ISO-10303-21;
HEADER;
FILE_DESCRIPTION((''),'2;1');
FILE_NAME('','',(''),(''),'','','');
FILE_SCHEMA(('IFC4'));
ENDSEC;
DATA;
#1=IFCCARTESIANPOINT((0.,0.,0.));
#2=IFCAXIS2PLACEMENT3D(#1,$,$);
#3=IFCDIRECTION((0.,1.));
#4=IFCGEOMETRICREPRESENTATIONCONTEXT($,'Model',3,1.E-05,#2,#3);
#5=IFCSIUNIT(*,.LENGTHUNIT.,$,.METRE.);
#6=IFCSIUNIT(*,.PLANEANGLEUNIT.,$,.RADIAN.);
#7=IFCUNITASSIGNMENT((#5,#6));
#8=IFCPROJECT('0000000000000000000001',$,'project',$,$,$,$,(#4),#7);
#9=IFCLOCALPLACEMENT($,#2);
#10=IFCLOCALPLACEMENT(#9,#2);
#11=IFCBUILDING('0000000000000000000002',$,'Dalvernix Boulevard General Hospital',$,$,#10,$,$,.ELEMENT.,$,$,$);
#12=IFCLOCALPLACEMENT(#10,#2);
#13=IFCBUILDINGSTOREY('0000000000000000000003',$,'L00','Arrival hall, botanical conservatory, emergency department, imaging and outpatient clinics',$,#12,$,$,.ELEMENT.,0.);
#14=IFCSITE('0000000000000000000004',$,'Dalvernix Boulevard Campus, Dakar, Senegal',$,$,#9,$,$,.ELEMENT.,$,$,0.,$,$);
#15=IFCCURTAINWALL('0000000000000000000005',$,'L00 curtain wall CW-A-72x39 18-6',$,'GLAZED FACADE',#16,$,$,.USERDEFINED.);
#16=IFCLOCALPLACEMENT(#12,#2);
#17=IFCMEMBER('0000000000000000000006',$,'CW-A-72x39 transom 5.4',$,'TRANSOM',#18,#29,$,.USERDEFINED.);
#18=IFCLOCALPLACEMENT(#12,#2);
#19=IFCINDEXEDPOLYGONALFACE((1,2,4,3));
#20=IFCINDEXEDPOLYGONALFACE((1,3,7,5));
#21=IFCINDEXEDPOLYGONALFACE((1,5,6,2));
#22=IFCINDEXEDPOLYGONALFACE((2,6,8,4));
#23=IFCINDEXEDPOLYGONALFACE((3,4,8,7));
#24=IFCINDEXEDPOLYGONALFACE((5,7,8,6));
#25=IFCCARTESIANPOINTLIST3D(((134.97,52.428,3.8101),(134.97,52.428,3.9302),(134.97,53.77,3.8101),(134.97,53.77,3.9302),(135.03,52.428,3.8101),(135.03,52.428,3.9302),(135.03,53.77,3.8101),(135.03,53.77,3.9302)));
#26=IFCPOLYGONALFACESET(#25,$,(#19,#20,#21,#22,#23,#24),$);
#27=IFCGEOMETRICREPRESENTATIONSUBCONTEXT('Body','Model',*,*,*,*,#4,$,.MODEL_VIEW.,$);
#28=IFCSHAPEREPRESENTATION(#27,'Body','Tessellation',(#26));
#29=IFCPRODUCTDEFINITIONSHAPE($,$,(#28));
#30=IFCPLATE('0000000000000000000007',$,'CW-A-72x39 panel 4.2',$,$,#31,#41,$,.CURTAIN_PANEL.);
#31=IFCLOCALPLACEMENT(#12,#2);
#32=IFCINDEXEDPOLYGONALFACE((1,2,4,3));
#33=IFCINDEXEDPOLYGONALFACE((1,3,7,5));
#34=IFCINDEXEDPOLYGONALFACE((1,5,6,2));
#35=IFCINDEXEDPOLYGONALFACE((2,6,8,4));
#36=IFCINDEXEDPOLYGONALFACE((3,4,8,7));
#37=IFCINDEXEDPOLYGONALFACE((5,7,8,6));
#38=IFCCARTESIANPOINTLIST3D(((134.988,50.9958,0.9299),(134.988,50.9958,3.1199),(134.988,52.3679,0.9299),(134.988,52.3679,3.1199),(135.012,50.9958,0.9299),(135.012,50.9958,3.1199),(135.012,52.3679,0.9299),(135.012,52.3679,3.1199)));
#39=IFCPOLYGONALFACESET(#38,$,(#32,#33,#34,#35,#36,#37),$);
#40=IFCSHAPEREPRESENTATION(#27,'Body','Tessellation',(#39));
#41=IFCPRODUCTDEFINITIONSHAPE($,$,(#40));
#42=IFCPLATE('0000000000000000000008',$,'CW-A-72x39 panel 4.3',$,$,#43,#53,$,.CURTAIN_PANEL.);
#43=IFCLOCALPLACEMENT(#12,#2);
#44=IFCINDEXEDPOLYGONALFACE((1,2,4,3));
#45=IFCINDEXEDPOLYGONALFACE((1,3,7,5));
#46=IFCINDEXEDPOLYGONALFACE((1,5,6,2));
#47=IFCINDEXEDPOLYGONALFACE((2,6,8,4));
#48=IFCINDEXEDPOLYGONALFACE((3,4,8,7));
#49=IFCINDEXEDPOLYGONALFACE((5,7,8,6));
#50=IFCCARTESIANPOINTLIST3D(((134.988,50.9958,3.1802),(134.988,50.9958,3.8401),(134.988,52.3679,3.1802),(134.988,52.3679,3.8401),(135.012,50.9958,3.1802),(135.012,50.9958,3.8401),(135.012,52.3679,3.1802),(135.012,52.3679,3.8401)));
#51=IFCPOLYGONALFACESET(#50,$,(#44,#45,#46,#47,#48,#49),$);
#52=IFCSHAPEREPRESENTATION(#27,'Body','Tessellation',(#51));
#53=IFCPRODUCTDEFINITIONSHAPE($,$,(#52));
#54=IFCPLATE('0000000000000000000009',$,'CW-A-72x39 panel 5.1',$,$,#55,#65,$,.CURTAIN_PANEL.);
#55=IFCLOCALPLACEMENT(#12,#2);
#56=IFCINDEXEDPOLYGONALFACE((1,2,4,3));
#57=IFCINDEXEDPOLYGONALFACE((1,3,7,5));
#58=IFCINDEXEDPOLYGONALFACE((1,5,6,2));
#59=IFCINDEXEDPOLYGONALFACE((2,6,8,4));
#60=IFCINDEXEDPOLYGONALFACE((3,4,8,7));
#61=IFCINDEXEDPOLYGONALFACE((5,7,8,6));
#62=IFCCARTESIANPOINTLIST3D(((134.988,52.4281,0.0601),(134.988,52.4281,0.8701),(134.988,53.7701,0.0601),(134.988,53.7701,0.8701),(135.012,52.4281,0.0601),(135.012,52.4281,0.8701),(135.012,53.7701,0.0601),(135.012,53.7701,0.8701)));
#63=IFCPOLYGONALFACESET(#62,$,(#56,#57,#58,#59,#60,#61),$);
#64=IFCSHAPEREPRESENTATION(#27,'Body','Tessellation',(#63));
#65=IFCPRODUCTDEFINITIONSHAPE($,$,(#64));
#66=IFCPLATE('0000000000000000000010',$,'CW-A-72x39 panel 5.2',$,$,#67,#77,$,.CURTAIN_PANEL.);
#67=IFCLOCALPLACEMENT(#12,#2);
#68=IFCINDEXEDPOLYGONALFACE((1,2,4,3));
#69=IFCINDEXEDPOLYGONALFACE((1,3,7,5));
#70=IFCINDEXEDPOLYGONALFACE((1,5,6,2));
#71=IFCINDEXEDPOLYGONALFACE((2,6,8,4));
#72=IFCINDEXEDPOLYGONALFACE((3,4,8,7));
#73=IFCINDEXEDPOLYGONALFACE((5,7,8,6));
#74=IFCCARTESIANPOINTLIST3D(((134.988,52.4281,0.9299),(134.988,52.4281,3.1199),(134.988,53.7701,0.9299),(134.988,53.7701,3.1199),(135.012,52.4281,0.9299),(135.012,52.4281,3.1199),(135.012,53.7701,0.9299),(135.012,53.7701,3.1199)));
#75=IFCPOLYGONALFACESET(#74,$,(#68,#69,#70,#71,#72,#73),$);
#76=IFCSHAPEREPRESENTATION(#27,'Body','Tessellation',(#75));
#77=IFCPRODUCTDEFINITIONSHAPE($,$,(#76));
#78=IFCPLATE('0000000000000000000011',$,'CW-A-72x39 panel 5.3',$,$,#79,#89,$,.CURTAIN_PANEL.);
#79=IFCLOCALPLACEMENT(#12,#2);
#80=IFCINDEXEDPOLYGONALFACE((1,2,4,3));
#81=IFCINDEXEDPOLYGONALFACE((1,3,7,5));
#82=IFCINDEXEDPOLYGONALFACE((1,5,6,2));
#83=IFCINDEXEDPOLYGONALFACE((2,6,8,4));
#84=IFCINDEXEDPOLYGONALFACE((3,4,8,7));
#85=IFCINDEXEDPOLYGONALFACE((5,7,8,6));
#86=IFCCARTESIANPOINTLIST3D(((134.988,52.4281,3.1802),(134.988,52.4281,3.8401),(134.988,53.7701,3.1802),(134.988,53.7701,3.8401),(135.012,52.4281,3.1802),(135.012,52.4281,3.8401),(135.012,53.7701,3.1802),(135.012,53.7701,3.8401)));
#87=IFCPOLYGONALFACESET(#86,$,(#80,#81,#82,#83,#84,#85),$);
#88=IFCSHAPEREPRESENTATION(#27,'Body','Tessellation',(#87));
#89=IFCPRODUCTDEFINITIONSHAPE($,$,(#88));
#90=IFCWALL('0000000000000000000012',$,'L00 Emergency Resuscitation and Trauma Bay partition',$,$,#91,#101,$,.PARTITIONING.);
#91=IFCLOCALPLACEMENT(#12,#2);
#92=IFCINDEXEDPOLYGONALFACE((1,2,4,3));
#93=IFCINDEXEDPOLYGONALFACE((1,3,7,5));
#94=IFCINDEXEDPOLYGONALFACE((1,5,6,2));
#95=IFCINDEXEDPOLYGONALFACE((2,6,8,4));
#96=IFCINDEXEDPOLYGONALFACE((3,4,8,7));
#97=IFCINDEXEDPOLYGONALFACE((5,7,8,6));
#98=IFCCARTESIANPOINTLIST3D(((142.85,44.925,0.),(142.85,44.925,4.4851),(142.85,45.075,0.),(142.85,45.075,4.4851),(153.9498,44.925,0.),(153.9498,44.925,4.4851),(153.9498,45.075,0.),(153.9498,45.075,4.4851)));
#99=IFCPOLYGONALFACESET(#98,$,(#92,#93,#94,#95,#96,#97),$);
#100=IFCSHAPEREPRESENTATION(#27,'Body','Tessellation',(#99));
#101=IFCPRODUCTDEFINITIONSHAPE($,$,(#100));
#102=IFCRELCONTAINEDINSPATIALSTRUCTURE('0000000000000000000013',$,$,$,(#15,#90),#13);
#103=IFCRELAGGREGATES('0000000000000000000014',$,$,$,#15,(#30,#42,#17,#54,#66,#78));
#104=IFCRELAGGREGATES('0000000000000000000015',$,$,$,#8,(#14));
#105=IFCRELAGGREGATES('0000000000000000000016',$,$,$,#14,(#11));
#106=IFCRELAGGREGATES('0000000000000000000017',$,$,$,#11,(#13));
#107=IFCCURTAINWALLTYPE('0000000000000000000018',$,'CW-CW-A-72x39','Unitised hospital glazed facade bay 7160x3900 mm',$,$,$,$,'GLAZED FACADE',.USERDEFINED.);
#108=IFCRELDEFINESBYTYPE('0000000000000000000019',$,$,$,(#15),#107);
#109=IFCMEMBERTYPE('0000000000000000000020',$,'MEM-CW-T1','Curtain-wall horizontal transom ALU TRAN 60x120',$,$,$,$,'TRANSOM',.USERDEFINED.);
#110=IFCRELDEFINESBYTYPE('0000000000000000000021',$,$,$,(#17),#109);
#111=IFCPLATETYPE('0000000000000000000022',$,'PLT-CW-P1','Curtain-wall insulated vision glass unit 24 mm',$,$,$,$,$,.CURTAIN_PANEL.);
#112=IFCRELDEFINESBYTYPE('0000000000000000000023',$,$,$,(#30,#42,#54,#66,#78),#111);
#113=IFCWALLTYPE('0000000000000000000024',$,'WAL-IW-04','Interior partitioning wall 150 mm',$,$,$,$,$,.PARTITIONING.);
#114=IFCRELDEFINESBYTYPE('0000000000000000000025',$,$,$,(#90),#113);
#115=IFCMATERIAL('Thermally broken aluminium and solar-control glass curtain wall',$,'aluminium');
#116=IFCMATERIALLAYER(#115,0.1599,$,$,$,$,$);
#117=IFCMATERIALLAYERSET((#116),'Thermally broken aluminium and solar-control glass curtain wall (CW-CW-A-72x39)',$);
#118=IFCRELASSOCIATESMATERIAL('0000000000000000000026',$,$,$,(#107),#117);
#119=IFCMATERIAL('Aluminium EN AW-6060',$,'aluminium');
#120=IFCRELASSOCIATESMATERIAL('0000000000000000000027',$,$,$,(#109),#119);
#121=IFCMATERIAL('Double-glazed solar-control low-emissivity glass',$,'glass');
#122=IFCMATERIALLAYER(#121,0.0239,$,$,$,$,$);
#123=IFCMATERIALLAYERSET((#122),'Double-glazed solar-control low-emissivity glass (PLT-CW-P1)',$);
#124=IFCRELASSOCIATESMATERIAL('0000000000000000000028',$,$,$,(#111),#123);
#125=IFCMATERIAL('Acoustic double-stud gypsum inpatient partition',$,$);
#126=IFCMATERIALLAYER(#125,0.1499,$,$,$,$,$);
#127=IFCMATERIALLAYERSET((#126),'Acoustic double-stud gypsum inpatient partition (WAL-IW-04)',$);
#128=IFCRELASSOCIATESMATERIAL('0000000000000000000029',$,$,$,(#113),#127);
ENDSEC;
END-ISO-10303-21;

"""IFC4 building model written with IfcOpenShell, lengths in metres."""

from ifc_helpers import new_model, si_unit, direction, frame, frame_2d, origin, origin_2d, place, context, subcontext, project, spatial, rectangle, extrude, material, layer, layer_set, material_profile, profile_set, type_object, element, aggregate, save


model = new_model("IFC4")

# Units and contexts
model_context = context("Model", 3, precision=1e-05, world=origin(), true_north=direction((0.0, 1.0)))
body_context = subcontext(model_context, "Body", "Model", "MODEL_VIEW")
ifc_project = project(units=[si_unit("LENGTHUNIT", "METRE"), si_unit("PLANEANGLEUNIT", "RADIAN")], contexts=[model_context])

# Site, building, storey
site_placement = place(None, origin())
site = spatial("IfcSite", under=ifc_project, at=site_placement, Name="Dalvernix Boulevard Campus, Dakar, Senegal", CompositionType="ELEMENT", RefElevation=0.0)
building_placement = place(site_placement, origin())
building = spatial("IfcBuilding", under=site, at=building_placement, Name="Dalvernix Boulevard General Hospital", CompositionType="ELEMENT")
storey_placement = place(building_placement, origin())
storey = spatial("IfcBuildingStorey", under=building, at=storey_placement, Name="L00", Description="Arrival hall, botanical conservatory, emergency department, imaging and outpatient clinics", CompositionType="ELEMENT", Elevation=0.0)

# Curtain wall, member, plates
ifc_material_1 = material(Name="Thermally broken aluminium and solar-control glass curtain wall", Category="aluminium")
ifc_layer_1 = layer(ifc_material_1, 0.1599)
ifc_layer_set_1 = layer_set([ifc_layer_1], Name="Thermally broken aluminium and solar-control glass curtain wall (CW-CW-A-72x39)")
curtain_wall_type = type_object("IfcCurtainWallType", Name="CW-CW-A-72x39", Description="Unitised hospital glazed facade bay 7160x3900 mm", ElementType="GLAZED FACADE", PredefinedType="USERDEFINED", material=ifc_layer_set_1)
curtain_wall_placement = place(storey_placement, origin())
curtain_wall = element("IfcCurtainWall", 1, at=curtain_wall_placement, inside=storey, type_object=curtain_wall_type, Name="L00 curtain wall CW-A-72x39 18-6", ObjectType="GLAZED FACADE", PredefinedType="USERDEFINED")
ifc_material_2 = material(Name="Aluminium EN AW-6060", Category="aluminium")
ifc_material_profile_1 = material_profile(ifc_material_2, rectangle(XDim=0.0601, YDim=0.1201, at=origin_2d()), Name="ALU TRAN 60x120")
ifc_profile_set_1 = profile_set([ifc_material_profile_1], Name="Aluminium EN AW-6060")
member_type_1 = type_object("IfcMemberType", Name="MEM-CW-T1", Description="Curtain-wall horizontal transom ALU TRAN 60x120", ElementType="TRANSOM", PredefinedType="USERDEFINED", material=ifc_profile_set_1)
member_1_placement = place(storey_placement, frame((135.0, 52.428, 3.8701), z_axis=(0.0, 1.0, 0.0), x_axis=(-1.0, 0.0, 0.0)))
member_1 = element("IfcMember", 2, at=member_1_placement, type_object=member_type_1, Name="CW-A-72x39 transom 5.4", ObjectType="TRANSOM", PredefinedType="USERDEFINED", context=body_context, shape_type="SweptSolid", body=[
    extrude(rectangle(XDim=0.0601, YDim=0.1201, at=origin_2d()), origin(), (0.0, 0.0, 1.0), 1.342),
])
ifc_material_3 = material(Name="Double-glazed solar-control low-emissivity glass", Category="glass")
ifc_layer_2 = layer(ifc_material_3, 0.0239)
ifc_layer_set_2 = layer_set([ifc_layer_2], Name="Double-glazed solar-control low-emissivity glass (PLT-CW-P1)")
plate_type = type_object("IfcPlateType", Name="PLT-CW-P1", Description="Curtain-wall insulated vision glass unit 24 mm", PredefinedType="CURTAIN_PANEL", material=ifc_layer_set_2)
plate_1_placement = place(storey_placement, frame((135.0, 51.6819, 0.9299), z_axis=(0.0, 0.0, 1.0), x_axis=(0.0, 1.0, 0.0)))
plate_1 = element("IfcPlate", 3, at=plate_1_placement, type_object=plate_type, Name="CW-A-72x39 panel 4.2", PredefinedType="CURTAIN_PANEL", context=body_context, shape_type="SweptSolid", body=[
    extrude(rectangle(XDim=1.3721, YDim=0.0239, at=origin_2d()), origin(), (0.0, 0.0, 1.0), 2.1899),
])
plate_2_placement = place(storey_placement, frame((135.0, 51.6819, 3.1802), z_axis=(0.0, 0.0, 1.0), x_axis=(0.0, 1.0, 0.0)))
plate_2 = element("IfcPlate", 4, at=plate_2_placement, type_object=plate_type, Name="CW-A-72x39 panel 4.3", PredefinedType="CURTAIN_PANEL", context=body_context, shape_type="SweptSolid", body=[
    extrude(rectangle(XDim=1.3721, YDim=0.0239, at=origin_2d()), origin(), (0.0, 0.0, 1.0), 0.6599),
])
plate_3_placement = place(storey_placement, frame((135.0, 53.0991, 0.0601), z_axis=(0.0, 0.0, 1.0), x_axis=(0.0, 1.0, 0.0)))
plate_3 = element("IfcPlate", 5, at=plate_3_placement, type_object=plate_type, Name="CW-A-72x39 panel 5.1", PredefinedType="CURTAIN_PANEL", context=body_context, shape_type="SweptSolid", body=[
    extrude(rectangle(XDim=1.342, YDim=0.0239, at=origin_2d()), origin(), (0.0, 0.0, 1.0), 0.8101),
])
plate_4_placement = place(storey_placement, frame((135.0, 53.0991, 0.9299), z_axis=(0.0, 0.0, 1.0), x_axis=(0.0, 1.0, 0.0)))
plate_4 = element("IfcPlate", 6, at=plate_4_placement, type_object=plate_type, Name="CW-A-72x39 panel 5.2", PredefinedType="CURTAIN_PANEL", context=body_context, shape_type="SweptSolid", body=[
    extrude(rectangle(XDim=1.342, YDim=0.0239, at=origin_2d()), origin(), (0.0, 0.0, 1.0), 2.1899),
])
plate_5_placement = place(storey_placement, frame((135.0, 53.0991, 3.1802), z_axis=(0.0, 0.0, 1.0), x_axis=(0.0, 1.0, 0.0)))
plate_5 = element("IfcPlate", 7, at=plate_5_placement, type_object=plate_type, Name="CW-A-72x39 panel 5.3", PredefinedType="CURTAIN_PANEL", context=body_context, shape_type="SweptSolid", body=[
    extrude(rectangle(XDim=1.342, YDim=0.0239, at=origin_2d()), origin(), (0.0, 0.0, 1.0), 0.6599),
])
aggregate(curtain_wall, [plate_1, plate_2, member_1, plate_3, plate_4, plate_5])

# Wall
ifc_material_4 = material(Name="Acoustic double-stud gypsum inpatient partition")
ifc_layer_3 = layer(ifc_material_4, 0.1499)
ifc_layer_set_3 = layer_set([ifc_layer_3], Name="Acoustic double-stud gypsum inpatient partition (WAL-IW-04)")
wall_type = type_object("IfcWallType", Name="WAL-IW-04", Description="Interior partitioning wall 150 mm", PredefinedType="PARTITIONING", material=ifc_layer_set_3)
wall_placement = place(storey_placement, frame((142.8501, 45.0, 0.0), z_axis=(0.0, 0.0, 1.0), x_axis=(1.0, 0.0, 0.0)))
element("IfcWall", 8, at=wall_placement, inside=storey, type_object=wall_type, Name="L00 Emergency Resuscitation and Trauma Bay partition", PredefinedType="PARTITIONING", context=body_context, shape_type="SweptSolid", body=[
    extrude(rectangle(XDim=11.0999, YDim=0.1499, at=frame_2d((5.5498, 0.0))), origin(), (0.0, 0.0, 1.0), 4.4851),
])

save(model, "model.ifc")
